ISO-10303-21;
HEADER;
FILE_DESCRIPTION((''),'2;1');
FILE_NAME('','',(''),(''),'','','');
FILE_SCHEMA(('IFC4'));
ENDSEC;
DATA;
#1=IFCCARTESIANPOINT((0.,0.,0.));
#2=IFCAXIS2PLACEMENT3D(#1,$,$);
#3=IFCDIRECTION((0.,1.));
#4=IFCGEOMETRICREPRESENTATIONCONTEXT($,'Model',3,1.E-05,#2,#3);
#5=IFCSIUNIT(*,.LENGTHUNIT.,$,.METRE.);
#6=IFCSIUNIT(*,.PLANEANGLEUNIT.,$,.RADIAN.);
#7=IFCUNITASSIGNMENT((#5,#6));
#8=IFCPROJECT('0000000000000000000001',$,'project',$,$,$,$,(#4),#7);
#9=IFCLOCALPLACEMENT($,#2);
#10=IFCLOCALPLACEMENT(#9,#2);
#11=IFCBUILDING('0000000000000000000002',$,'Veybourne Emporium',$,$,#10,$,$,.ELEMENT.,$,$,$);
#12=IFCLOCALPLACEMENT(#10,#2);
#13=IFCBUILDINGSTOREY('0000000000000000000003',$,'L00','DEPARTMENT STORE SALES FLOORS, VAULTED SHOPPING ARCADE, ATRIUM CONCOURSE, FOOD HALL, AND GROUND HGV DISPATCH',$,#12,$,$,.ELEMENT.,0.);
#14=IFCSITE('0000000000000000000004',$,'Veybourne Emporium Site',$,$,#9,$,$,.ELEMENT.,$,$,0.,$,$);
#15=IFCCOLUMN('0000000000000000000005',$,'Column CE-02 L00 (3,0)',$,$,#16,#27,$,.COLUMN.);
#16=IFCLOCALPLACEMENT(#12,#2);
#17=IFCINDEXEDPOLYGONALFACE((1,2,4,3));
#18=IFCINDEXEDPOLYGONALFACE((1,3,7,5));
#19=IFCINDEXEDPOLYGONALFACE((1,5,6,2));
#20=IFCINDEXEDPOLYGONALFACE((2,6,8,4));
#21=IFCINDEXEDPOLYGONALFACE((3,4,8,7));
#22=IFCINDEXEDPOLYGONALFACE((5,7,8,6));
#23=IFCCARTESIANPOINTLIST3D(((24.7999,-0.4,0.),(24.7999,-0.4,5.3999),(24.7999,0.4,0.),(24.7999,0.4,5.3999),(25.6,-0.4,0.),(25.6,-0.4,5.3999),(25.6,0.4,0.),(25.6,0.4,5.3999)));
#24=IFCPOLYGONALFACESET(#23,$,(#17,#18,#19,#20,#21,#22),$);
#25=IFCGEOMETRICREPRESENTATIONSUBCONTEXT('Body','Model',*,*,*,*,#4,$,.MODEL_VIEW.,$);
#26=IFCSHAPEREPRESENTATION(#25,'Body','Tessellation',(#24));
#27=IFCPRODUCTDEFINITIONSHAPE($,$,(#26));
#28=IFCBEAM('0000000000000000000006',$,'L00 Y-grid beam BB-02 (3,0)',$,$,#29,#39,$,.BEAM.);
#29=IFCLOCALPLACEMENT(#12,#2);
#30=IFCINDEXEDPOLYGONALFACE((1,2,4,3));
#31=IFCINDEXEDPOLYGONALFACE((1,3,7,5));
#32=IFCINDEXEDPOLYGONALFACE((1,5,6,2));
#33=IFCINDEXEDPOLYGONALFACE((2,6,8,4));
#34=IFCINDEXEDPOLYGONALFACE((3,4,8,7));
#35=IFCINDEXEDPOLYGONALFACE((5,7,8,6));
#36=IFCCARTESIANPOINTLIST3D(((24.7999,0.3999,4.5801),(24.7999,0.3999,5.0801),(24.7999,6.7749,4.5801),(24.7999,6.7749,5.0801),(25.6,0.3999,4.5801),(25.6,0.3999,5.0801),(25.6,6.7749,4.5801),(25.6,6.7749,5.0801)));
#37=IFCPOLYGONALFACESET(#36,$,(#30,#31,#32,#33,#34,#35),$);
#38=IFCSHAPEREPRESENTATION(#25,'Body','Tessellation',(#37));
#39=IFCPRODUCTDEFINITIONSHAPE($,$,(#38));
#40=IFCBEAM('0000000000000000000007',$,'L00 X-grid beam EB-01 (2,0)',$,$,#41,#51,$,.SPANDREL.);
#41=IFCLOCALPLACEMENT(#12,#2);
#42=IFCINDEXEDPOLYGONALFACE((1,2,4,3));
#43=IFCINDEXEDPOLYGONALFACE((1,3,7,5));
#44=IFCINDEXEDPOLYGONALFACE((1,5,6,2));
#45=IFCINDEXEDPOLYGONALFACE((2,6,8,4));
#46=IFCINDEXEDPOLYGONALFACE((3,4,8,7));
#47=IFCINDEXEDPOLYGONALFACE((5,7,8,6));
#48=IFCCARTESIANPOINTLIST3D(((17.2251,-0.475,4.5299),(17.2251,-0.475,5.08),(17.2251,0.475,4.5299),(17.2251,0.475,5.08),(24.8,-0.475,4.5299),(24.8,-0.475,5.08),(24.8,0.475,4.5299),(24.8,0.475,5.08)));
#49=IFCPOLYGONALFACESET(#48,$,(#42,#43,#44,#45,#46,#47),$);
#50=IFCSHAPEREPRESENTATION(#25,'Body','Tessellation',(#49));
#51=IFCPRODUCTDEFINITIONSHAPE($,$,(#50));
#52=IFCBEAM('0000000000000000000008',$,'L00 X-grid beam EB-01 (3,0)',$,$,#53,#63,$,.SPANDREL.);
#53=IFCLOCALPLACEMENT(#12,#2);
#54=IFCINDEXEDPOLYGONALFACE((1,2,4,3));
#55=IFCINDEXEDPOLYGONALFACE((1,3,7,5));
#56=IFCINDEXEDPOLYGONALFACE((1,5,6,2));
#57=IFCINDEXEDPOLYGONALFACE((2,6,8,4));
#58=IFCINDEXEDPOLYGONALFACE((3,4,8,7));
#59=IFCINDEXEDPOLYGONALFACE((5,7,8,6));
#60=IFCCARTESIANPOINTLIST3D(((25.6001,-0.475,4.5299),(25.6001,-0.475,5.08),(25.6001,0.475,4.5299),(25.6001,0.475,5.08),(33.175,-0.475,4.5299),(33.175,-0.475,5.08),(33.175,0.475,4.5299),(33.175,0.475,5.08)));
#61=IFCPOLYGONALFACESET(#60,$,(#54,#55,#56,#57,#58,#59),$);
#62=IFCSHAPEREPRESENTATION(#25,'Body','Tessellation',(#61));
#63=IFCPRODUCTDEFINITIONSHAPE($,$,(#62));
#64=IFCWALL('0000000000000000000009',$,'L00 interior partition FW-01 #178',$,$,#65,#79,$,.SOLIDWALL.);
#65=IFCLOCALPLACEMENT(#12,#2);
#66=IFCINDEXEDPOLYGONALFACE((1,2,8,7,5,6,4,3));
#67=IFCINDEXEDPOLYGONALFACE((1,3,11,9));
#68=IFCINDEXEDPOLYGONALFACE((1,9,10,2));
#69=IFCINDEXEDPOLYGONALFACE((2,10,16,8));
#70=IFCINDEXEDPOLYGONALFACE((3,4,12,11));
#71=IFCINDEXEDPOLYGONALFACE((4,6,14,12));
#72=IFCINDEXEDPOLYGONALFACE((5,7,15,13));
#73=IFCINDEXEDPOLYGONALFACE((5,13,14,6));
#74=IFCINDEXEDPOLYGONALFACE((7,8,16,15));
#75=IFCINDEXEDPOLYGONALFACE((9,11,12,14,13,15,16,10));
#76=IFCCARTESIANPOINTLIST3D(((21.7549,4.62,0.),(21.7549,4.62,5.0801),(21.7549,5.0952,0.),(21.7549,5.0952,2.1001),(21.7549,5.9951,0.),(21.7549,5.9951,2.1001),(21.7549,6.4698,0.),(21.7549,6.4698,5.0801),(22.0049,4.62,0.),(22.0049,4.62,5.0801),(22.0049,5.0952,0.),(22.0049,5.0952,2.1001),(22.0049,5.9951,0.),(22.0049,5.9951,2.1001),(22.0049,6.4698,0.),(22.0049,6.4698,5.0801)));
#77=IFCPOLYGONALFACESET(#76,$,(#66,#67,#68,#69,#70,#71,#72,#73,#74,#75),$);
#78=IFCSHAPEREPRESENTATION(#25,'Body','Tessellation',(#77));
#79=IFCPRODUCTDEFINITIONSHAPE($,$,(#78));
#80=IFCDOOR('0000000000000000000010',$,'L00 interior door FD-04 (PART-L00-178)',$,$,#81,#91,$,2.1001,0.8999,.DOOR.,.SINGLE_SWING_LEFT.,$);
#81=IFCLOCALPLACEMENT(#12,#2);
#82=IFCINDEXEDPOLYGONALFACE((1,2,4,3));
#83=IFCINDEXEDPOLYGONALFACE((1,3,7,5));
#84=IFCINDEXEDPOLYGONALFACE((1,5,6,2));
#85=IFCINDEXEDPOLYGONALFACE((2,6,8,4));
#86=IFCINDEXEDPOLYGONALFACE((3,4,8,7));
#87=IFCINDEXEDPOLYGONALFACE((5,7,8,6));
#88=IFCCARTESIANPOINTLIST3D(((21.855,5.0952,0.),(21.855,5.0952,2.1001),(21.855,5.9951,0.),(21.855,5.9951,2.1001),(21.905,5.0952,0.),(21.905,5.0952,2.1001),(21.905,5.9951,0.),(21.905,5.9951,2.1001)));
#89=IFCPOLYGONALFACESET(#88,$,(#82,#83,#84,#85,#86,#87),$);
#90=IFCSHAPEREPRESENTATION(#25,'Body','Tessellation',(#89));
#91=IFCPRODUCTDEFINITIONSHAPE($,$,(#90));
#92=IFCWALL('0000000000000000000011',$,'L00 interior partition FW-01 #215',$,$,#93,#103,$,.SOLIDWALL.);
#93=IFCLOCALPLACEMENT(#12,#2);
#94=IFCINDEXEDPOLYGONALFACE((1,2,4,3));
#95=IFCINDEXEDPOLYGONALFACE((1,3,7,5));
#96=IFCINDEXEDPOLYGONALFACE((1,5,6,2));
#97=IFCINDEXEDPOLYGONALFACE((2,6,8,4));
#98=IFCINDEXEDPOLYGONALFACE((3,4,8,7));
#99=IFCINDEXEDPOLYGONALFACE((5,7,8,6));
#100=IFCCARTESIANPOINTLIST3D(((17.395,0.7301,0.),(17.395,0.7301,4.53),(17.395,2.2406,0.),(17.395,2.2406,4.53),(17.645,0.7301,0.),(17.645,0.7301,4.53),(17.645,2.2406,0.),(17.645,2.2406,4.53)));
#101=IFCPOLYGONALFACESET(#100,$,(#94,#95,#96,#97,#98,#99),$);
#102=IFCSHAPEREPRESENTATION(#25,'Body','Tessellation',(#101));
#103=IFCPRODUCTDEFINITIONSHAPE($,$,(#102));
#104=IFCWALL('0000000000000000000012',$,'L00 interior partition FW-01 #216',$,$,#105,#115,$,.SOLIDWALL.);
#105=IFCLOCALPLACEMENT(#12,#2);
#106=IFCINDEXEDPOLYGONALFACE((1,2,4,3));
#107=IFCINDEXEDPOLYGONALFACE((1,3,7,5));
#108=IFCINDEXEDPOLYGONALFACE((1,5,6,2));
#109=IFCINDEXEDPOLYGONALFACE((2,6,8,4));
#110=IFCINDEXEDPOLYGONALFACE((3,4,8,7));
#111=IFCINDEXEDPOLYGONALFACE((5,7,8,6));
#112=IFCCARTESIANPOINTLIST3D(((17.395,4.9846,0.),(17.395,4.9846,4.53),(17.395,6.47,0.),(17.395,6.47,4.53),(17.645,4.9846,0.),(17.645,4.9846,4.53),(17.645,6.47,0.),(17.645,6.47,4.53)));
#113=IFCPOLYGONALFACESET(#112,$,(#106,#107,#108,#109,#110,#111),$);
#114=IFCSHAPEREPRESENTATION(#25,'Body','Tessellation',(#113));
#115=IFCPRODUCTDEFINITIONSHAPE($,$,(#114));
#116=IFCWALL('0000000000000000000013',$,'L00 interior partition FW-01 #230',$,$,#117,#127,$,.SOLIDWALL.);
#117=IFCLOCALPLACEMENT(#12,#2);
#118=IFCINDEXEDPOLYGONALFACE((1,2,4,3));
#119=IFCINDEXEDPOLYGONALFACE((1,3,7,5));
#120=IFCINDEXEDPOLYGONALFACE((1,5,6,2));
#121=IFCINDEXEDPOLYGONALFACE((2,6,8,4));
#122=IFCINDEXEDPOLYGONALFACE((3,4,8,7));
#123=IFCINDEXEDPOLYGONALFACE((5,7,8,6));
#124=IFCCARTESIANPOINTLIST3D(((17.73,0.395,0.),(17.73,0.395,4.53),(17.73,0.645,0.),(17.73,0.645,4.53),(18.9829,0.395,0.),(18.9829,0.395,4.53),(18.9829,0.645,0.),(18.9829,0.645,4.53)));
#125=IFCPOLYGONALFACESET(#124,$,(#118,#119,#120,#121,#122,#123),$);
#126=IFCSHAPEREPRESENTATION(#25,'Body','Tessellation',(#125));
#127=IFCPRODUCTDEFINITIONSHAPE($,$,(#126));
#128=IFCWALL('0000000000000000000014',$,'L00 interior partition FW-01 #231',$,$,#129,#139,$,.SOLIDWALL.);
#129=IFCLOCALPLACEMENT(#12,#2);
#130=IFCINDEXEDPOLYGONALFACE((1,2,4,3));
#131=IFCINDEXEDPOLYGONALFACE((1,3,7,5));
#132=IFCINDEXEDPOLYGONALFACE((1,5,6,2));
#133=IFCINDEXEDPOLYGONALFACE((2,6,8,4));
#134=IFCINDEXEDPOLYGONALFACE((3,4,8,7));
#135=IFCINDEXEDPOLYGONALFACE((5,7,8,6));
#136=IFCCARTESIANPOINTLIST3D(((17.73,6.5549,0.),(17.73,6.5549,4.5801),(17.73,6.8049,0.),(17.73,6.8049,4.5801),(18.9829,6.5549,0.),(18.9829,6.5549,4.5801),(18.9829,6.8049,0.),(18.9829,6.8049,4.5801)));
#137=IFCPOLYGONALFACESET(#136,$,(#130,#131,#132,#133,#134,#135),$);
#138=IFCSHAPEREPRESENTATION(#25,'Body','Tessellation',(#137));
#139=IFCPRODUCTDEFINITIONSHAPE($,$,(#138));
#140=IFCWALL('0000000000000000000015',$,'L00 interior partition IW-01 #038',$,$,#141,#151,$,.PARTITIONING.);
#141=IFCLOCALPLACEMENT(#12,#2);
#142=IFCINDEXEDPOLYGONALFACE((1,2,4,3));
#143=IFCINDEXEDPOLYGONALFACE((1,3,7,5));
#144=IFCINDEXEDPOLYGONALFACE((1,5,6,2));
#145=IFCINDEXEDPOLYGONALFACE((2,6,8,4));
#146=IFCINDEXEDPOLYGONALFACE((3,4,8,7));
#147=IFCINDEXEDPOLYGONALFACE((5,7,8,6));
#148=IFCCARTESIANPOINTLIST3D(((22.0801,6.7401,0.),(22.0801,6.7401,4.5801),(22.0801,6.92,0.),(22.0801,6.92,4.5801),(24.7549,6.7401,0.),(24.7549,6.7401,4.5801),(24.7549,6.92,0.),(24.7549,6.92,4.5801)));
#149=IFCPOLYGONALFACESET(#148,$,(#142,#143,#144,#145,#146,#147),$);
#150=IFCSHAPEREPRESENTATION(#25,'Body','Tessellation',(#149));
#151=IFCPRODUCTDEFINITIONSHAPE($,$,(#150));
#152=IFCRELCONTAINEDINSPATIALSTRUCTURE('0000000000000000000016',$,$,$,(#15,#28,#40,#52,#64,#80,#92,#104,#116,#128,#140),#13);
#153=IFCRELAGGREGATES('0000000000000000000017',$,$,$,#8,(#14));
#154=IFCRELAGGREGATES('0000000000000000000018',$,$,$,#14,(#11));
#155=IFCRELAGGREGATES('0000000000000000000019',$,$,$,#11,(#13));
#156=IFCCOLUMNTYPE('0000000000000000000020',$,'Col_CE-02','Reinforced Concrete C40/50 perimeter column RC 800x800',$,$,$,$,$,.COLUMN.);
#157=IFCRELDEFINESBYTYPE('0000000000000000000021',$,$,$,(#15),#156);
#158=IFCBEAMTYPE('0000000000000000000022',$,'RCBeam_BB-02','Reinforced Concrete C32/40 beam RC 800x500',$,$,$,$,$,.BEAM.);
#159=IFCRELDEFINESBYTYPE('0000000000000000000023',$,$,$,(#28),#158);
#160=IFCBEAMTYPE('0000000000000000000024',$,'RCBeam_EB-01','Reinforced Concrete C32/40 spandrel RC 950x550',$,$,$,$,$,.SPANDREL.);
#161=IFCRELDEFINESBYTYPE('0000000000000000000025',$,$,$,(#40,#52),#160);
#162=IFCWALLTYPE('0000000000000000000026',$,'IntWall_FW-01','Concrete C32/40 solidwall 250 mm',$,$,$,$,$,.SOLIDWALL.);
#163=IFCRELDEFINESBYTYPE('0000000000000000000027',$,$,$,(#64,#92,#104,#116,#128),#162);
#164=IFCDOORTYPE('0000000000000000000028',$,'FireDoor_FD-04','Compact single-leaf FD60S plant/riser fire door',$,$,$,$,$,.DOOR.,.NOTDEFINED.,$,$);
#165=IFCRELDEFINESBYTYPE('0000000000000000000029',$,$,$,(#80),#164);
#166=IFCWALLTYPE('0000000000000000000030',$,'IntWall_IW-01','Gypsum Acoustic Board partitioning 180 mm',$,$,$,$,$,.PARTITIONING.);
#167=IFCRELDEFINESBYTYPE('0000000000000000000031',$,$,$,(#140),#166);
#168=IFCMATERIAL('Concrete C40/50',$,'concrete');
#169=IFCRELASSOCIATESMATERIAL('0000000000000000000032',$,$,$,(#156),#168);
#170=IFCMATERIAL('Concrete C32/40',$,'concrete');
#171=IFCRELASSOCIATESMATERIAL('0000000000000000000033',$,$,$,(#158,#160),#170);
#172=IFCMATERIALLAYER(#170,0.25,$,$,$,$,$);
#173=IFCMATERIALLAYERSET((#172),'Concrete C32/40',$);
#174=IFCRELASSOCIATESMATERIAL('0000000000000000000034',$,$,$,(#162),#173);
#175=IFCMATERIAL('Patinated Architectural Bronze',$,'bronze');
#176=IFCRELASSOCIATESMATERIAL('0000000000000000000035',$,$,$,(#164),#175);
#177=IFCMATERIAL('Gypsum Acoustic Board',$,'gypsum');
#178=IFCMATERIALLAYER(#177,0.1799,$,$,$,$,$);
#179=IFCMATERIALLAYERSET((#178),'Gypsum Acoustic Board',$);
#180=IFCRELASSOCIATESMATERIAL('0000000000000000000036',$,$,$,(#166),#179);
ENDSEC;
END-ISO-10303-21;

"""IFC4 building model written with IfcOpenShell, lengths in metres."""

from ifc_helpers import new_model, si_unit, direction, frame, frame_2d, origin, origin_2d, place, context, subcontext, project, spatial, rectangle, extrude, material, layer, layer_set, material_profile, profile_set, type_object, element, fill, save


model = new_model("IFC4")

# Units and contexts
model_context = context("Model", 3, precision=1e-05, world=origin(), true_north=direction((0.0, 1.0)))
body_context = subcontext(model_context, "Body", "Model", "MODEL_VIEW")
ifc_project = project(units=[si_unit("LENGTHUNIT", "METRE"), si_unit("PLANEANGLEUNIT", "RADIAN")], contexts=[model_context])

# Site, building, storey
site_placement = place(None, origin())
site = spatial("IfcSite", under=ifc_project, at=site_placement, Name="Veybourne Emporium Site", CompositionType="ELEMENT", RefElevation=0.0)
building_placement = place(site_placement, origin())
building = spatial("IfcBuilding", under=site, at=building_placement, Name="Veybourne Emporium", CompositionType="ELEMENT")
storey_placement = place(building_placement, origin())
storey = spatial("IfcBuildingStorey", under=building, at=storey_placement, Name="L00", Description="DEPARTMENT STORE SALES FLOORS, VAULTED SHOPPING ARCADE, ATRIUM CONCOURSE, FOOD HALL, AND GROUND HGV DISPATCH", CompositionType="ELEMENT", Elevation=0.0)

# Column
ifc_material_1 = material(Name="Concrete C40/50", Category="concrete")
ifc_material_profile_1 = material_profile(ifc_material_1, rectangle(XDim=0.8, YDim=0.8, at=origin_2d()), Name="RC 800x800")
ifc_profile_set_1 = profile_set([ifc_material_profile_1], Name="Concrete C40/50")
column_type = type_object("IfcColumnType", Name="Col_CE-02", Description="Reinforced Concrete C40/50 perimeter column RC 800x800", PredefinedType="COLUMN", material=ifc_profile_set_1)
column_placement = place(storey_placement, frame((25.2, 0.0, 0.0), z_axis=(0.0, 0.0, 1.0), x_axis=(1.0, 0.0, 0.0)))
element("IfcColumn", 1, at=column_placement, inside=storey, type_object=column_type, Name="Column CE-02 L00 (3,0)", PredefinedType="COLUMN", context=body_context, shape_type="SweptSolid", body=[
    extrude(rectangle(XDim=0.8, YDim=0.8, at=origin_2d()), origin(), (0.0, 0.0, 1.0), 5.3999),
])

# Beams
ifc_material_2 = material(Name="Concrete C32/40", Category="concrete")
ifc_material_profile_2 = material_profile(ifc_material_2, rectangle(XDim=0.8, YDim=0.5, at=origin_2d()), Name="RC 800x500")
ifc_profile_set_2 = profile_set([ifc_material_profile_2], Name="Concrete C32/40")
beam_type_1 = type_object("IfcBeamType", Name="RCBeam_BB-02", Description="Reinforced Concrete C32/40 beam RC 800x500", PredefinedType="BEAM", material=ifc_profile_set_2)
beam_placement = place(storey_placement, frame((25.2, 0.3999, 4.8301), z_axis=(0.0, 1.0, 0.0), x_axis=(-1.0, 0.0, 0.0)))
element("IfcBeam", 2, at=beam_placement, inside=storey, type_object=beam_type_1, Name="L00 Y-grid beam BB-02 (3,0)", PredefinedType="BEAM", context=body_context, shape_type="SweptSolid", body=[
    extrude(rectangle(XDim=0.8, YDim=0.5, at=origin_2d()), origin(), (0.0, 0.0, 1.0), 6.375),
])
ifc_material_profile_3 = material_profile(ifc_material_2, rectangle(XDim=0.95, YDim=0.55, at=origin_2d()), Name="RC 950x550")
ifc_profile_set_3 = profile_set([ifc_material_profile_3], Name="Concrete C32/40")
beam_type_2 = type_object("IfcBeamType", Name="RCBeam_EB-01", Description="Reinforced Concrete C32/40 spandrel RC 950x550", PredefinedType="SPANDREL", material=ifc_profile_set_3)
for number, where, z_axis, x_axis, name in (
    (3, (17.2251, 0.0, 4.8049), (1.0, 0.0, 0.0), (0.0, 1.0, 0.0), "L00 X-grid beam EB-01 (2,0)"),
    (4, (25.6001, 0.0, 4.8049), (1.0, 0.0, 0.0), (0.0, 1.0, 0.0), "L00 X-grid beam EB-01 (3,0)"),
):
    element("IfcBeam", number, at=place(storey_placement, frame(where, z_axis=z_axis, x_axis=x_axis)), inside=storey, type_object=beam_type_2, Name=name, PredefinedType="SPANDREL", context=body_context, shape_type="SweptSolid", body=[
        extrude(rectangle(XDim=0.95, YDim=0.55, at=origin_2d()), origin(), (0.0, 0.0, 1.0), 7.575),
    ])

# Wall, opening, door
ifc_material_3 = material(Name="Patinated Architectural Bronze", Category="bronze")
ifc_layer_1 = layer(ifc_material_2, 0.25)
ifc_layer_set_1 = layer_set([ifc_layer_1], Name="Concrete C32/40")
wall_type_1 = type_object("IfcWallType", Name="IntWall_FW-01", Description="Concrete C32/40 solidwall 250 mm", PredefinedType="SOLIDWALL", material=ifc_layer_set_1)
wall_1_placement = place(storey_placement, frame((21.8799, 4.6201, 0.0), z_axis=(0.0, 0.0, 1.0), x_axis=(0.0, 1.0, 0.0)))
wall_1 = element("IfcWall", 5, at=wall_1_placement, inside=storey, type_object=wall_type_1, Name="L00 interior partition FW-01 #178", PredefinedType="SOLIDWALL", context=body_context, shape_type="SweptSolid", body=[
    extrude(rectangle(XDim=1.8499, YDim=0.25, at=frame_2d((0.9248, 0.0))), origin(), (0.0, 0.0, 1.0), 5.0801),
])
opening_1_placement = place(wall_1_placement, frame((0.4751, 0.0, 0.0)))
opening_1 = element("IfcOpeningElement", 6, at=opening_1_placement, cuts=wall_1, PredefinedType="OPENING", context=body_context, shape_type="SweptSolid", body=[
    extrude(rectangle(XDim=0.8999, YDim=2.1001, at=frame_2d((0.45, 1.05))), frame((0.0, 0.145, 0.0), z_axis=(0.0, -1.0, 0.0), x_axis=(1.0, 0.0, 0.0)), (0.0, 0.0, 1.0), 0.29),
])
door_type_1 = type_object("IfcDoorType", Name="FireDoor_FD-04", Description="Compact single-leaf FD60S plant/riser fire door", OperationType="NOTDEFINED", PredefinedType="DOOR", material=ifc_material_3)
door_1_placement = place(opening_1_placement, origin())
door_1 = element("IfcDoor", 7, at=door_1_placement, inside=storey, type_object=door_type_1, Name="L00 interior door FD-04 (PART-L00-178)", OperationType="SINGLE_SWING_LEFT", OverallHeight=2.1001, OverallWidth=0.8999, PredefinedType="DOOR", context=body_context, shape_type="SweptSolid", body=[
    extrude(rectangle(XDim=0.8999, YDim=2.1001, at=frame_2d((0.45, 1.05))), frame((0.0, 0.0249, 0.0), z_axis=(0.0, -1.0, 0.0), x_axis=(1.0, 0.0, 0.0)), (0.0, 0.0, 1.0), 0.05),
])
fill(opening_1, door_1)

# Walls
wall_2_placement = place(storey_placement, frame((17.52, 0.73, 0.0), z_axis=(0.0, 0.0, 1.0), x_axis=(0.0, 1.0, 0.0)))
element("IfcWall", 8, at=wall_2_placement, inside=storey, type_object=wall_type_1, Name="L00 interior partition FW-01 #215", PredefinedType="SOLIDWALL", context=body_context, shape_type="SweptSolid", body=[
    extrude(rectangle(XDim=1.5105, YDim=0.25, at=frame_2d((0.7554, 0.0))), origin(), (0.0, 0.0, 1.0), 4.53),
])
wall_3_placement = place(storey_placement, frame((17.52, 4.9846, 0.0), z_axis=(0.0, 0.0, 1.0), x_axis=(0.0, 1.0, 0.0)))
element("IfcWall", 9, at=wall_3_placement, inside=storey, type_object=wall_type_1, Name="L00 interior partition FW-01 #216", PredefinedType="SOLIDWALL", context=body_context, shape_type="SweptSolid", body=[
    extrude(rectangle(XDim=1.4854, YDim=0.25, at=frame_2d((0.7427, 0.0))), origin(), (0.0, 0.0, 1.0), 4.53),
])
wall_4_placement = place(storey_placement, frame((17.73, 0.52, 0.0), z_axis=(0.0, 0.0, 1.0), x_axis=(1.0, 0.0, 0.0)))
element("IfcWall", 10, at=wall_4_placement, inside=storey, type_object=wall_type_1, Name="L00 interior partition FW-01 #230", PredefinedType="SOLIDWALL", context=body_context, shape_type="SweptSolid", body=[
    extrude(rectangle(XDim=1.2529, YDim=0.25, at=frame_2d((0.6265, 0.0))), origin(), (0.0, 0.0, 1.0), 4.53),
])
wall_5_placement = place(storey_placement, frame((17.73, 6.6799, 0.0), z_axis=(0.0, 0.0, 1.0), x_axis=(1.0, 0.0, 0.0)))
element("IfcWall", 11, at=wall_5_placement, inside=storey, type_object=wall_type_1, Name="L00 interior partition FW-01 #231", PredefinedType="SOLIDWALL", context=body_context, shape_type="SweptSolid", body=[
    extrude(rectangle(XDim=1.2529, YDim=0.25, at=frame_2d((0.6265, 0.0))), origin(), (0.0, 0.0, 1.0), 4.5801),
])
ifc_material_4 = material(Name="Gypsum Acoustic Board", Category="gypsum")
ifc_layer_2 = layer(ifc_material_4, 0.1799)
ifc_layer_set_2 = layer_set([ifc_layer_2], Name="Gypsum Acoustic Board")
wall_type_2 = type_object("IfcWallType", Name="IntWall_IW-01", Description="Gypsum Acoustic Board partitioning 180 mm", PredefinedType="PARTITIONING", material=ifc_layer_set_2)
wall_6_placement = place(storey_placement, frame((22.0801, 6.8301, 0.0), z_axis=(0.0, 0.0, 1.0), x_axis=(1.0, 0.0, 0.0)))
element("IfcWall", 12, at=wall_6_placement, inside=storey, type_object=wall_type_2, Name="L00 interior partition IW-01 #038", PredefinedType="PARTITIONING", context=body_context, shape_type="SweptSolid", body=[
    extrude(rectangle(XDim=2.6748, YDim=0.1799, at=frame_2d((1.3374, 0.0))), origin(), (0.0, 0.0, 1.0), 4.5801),
])

save(model, "model.ifc")
